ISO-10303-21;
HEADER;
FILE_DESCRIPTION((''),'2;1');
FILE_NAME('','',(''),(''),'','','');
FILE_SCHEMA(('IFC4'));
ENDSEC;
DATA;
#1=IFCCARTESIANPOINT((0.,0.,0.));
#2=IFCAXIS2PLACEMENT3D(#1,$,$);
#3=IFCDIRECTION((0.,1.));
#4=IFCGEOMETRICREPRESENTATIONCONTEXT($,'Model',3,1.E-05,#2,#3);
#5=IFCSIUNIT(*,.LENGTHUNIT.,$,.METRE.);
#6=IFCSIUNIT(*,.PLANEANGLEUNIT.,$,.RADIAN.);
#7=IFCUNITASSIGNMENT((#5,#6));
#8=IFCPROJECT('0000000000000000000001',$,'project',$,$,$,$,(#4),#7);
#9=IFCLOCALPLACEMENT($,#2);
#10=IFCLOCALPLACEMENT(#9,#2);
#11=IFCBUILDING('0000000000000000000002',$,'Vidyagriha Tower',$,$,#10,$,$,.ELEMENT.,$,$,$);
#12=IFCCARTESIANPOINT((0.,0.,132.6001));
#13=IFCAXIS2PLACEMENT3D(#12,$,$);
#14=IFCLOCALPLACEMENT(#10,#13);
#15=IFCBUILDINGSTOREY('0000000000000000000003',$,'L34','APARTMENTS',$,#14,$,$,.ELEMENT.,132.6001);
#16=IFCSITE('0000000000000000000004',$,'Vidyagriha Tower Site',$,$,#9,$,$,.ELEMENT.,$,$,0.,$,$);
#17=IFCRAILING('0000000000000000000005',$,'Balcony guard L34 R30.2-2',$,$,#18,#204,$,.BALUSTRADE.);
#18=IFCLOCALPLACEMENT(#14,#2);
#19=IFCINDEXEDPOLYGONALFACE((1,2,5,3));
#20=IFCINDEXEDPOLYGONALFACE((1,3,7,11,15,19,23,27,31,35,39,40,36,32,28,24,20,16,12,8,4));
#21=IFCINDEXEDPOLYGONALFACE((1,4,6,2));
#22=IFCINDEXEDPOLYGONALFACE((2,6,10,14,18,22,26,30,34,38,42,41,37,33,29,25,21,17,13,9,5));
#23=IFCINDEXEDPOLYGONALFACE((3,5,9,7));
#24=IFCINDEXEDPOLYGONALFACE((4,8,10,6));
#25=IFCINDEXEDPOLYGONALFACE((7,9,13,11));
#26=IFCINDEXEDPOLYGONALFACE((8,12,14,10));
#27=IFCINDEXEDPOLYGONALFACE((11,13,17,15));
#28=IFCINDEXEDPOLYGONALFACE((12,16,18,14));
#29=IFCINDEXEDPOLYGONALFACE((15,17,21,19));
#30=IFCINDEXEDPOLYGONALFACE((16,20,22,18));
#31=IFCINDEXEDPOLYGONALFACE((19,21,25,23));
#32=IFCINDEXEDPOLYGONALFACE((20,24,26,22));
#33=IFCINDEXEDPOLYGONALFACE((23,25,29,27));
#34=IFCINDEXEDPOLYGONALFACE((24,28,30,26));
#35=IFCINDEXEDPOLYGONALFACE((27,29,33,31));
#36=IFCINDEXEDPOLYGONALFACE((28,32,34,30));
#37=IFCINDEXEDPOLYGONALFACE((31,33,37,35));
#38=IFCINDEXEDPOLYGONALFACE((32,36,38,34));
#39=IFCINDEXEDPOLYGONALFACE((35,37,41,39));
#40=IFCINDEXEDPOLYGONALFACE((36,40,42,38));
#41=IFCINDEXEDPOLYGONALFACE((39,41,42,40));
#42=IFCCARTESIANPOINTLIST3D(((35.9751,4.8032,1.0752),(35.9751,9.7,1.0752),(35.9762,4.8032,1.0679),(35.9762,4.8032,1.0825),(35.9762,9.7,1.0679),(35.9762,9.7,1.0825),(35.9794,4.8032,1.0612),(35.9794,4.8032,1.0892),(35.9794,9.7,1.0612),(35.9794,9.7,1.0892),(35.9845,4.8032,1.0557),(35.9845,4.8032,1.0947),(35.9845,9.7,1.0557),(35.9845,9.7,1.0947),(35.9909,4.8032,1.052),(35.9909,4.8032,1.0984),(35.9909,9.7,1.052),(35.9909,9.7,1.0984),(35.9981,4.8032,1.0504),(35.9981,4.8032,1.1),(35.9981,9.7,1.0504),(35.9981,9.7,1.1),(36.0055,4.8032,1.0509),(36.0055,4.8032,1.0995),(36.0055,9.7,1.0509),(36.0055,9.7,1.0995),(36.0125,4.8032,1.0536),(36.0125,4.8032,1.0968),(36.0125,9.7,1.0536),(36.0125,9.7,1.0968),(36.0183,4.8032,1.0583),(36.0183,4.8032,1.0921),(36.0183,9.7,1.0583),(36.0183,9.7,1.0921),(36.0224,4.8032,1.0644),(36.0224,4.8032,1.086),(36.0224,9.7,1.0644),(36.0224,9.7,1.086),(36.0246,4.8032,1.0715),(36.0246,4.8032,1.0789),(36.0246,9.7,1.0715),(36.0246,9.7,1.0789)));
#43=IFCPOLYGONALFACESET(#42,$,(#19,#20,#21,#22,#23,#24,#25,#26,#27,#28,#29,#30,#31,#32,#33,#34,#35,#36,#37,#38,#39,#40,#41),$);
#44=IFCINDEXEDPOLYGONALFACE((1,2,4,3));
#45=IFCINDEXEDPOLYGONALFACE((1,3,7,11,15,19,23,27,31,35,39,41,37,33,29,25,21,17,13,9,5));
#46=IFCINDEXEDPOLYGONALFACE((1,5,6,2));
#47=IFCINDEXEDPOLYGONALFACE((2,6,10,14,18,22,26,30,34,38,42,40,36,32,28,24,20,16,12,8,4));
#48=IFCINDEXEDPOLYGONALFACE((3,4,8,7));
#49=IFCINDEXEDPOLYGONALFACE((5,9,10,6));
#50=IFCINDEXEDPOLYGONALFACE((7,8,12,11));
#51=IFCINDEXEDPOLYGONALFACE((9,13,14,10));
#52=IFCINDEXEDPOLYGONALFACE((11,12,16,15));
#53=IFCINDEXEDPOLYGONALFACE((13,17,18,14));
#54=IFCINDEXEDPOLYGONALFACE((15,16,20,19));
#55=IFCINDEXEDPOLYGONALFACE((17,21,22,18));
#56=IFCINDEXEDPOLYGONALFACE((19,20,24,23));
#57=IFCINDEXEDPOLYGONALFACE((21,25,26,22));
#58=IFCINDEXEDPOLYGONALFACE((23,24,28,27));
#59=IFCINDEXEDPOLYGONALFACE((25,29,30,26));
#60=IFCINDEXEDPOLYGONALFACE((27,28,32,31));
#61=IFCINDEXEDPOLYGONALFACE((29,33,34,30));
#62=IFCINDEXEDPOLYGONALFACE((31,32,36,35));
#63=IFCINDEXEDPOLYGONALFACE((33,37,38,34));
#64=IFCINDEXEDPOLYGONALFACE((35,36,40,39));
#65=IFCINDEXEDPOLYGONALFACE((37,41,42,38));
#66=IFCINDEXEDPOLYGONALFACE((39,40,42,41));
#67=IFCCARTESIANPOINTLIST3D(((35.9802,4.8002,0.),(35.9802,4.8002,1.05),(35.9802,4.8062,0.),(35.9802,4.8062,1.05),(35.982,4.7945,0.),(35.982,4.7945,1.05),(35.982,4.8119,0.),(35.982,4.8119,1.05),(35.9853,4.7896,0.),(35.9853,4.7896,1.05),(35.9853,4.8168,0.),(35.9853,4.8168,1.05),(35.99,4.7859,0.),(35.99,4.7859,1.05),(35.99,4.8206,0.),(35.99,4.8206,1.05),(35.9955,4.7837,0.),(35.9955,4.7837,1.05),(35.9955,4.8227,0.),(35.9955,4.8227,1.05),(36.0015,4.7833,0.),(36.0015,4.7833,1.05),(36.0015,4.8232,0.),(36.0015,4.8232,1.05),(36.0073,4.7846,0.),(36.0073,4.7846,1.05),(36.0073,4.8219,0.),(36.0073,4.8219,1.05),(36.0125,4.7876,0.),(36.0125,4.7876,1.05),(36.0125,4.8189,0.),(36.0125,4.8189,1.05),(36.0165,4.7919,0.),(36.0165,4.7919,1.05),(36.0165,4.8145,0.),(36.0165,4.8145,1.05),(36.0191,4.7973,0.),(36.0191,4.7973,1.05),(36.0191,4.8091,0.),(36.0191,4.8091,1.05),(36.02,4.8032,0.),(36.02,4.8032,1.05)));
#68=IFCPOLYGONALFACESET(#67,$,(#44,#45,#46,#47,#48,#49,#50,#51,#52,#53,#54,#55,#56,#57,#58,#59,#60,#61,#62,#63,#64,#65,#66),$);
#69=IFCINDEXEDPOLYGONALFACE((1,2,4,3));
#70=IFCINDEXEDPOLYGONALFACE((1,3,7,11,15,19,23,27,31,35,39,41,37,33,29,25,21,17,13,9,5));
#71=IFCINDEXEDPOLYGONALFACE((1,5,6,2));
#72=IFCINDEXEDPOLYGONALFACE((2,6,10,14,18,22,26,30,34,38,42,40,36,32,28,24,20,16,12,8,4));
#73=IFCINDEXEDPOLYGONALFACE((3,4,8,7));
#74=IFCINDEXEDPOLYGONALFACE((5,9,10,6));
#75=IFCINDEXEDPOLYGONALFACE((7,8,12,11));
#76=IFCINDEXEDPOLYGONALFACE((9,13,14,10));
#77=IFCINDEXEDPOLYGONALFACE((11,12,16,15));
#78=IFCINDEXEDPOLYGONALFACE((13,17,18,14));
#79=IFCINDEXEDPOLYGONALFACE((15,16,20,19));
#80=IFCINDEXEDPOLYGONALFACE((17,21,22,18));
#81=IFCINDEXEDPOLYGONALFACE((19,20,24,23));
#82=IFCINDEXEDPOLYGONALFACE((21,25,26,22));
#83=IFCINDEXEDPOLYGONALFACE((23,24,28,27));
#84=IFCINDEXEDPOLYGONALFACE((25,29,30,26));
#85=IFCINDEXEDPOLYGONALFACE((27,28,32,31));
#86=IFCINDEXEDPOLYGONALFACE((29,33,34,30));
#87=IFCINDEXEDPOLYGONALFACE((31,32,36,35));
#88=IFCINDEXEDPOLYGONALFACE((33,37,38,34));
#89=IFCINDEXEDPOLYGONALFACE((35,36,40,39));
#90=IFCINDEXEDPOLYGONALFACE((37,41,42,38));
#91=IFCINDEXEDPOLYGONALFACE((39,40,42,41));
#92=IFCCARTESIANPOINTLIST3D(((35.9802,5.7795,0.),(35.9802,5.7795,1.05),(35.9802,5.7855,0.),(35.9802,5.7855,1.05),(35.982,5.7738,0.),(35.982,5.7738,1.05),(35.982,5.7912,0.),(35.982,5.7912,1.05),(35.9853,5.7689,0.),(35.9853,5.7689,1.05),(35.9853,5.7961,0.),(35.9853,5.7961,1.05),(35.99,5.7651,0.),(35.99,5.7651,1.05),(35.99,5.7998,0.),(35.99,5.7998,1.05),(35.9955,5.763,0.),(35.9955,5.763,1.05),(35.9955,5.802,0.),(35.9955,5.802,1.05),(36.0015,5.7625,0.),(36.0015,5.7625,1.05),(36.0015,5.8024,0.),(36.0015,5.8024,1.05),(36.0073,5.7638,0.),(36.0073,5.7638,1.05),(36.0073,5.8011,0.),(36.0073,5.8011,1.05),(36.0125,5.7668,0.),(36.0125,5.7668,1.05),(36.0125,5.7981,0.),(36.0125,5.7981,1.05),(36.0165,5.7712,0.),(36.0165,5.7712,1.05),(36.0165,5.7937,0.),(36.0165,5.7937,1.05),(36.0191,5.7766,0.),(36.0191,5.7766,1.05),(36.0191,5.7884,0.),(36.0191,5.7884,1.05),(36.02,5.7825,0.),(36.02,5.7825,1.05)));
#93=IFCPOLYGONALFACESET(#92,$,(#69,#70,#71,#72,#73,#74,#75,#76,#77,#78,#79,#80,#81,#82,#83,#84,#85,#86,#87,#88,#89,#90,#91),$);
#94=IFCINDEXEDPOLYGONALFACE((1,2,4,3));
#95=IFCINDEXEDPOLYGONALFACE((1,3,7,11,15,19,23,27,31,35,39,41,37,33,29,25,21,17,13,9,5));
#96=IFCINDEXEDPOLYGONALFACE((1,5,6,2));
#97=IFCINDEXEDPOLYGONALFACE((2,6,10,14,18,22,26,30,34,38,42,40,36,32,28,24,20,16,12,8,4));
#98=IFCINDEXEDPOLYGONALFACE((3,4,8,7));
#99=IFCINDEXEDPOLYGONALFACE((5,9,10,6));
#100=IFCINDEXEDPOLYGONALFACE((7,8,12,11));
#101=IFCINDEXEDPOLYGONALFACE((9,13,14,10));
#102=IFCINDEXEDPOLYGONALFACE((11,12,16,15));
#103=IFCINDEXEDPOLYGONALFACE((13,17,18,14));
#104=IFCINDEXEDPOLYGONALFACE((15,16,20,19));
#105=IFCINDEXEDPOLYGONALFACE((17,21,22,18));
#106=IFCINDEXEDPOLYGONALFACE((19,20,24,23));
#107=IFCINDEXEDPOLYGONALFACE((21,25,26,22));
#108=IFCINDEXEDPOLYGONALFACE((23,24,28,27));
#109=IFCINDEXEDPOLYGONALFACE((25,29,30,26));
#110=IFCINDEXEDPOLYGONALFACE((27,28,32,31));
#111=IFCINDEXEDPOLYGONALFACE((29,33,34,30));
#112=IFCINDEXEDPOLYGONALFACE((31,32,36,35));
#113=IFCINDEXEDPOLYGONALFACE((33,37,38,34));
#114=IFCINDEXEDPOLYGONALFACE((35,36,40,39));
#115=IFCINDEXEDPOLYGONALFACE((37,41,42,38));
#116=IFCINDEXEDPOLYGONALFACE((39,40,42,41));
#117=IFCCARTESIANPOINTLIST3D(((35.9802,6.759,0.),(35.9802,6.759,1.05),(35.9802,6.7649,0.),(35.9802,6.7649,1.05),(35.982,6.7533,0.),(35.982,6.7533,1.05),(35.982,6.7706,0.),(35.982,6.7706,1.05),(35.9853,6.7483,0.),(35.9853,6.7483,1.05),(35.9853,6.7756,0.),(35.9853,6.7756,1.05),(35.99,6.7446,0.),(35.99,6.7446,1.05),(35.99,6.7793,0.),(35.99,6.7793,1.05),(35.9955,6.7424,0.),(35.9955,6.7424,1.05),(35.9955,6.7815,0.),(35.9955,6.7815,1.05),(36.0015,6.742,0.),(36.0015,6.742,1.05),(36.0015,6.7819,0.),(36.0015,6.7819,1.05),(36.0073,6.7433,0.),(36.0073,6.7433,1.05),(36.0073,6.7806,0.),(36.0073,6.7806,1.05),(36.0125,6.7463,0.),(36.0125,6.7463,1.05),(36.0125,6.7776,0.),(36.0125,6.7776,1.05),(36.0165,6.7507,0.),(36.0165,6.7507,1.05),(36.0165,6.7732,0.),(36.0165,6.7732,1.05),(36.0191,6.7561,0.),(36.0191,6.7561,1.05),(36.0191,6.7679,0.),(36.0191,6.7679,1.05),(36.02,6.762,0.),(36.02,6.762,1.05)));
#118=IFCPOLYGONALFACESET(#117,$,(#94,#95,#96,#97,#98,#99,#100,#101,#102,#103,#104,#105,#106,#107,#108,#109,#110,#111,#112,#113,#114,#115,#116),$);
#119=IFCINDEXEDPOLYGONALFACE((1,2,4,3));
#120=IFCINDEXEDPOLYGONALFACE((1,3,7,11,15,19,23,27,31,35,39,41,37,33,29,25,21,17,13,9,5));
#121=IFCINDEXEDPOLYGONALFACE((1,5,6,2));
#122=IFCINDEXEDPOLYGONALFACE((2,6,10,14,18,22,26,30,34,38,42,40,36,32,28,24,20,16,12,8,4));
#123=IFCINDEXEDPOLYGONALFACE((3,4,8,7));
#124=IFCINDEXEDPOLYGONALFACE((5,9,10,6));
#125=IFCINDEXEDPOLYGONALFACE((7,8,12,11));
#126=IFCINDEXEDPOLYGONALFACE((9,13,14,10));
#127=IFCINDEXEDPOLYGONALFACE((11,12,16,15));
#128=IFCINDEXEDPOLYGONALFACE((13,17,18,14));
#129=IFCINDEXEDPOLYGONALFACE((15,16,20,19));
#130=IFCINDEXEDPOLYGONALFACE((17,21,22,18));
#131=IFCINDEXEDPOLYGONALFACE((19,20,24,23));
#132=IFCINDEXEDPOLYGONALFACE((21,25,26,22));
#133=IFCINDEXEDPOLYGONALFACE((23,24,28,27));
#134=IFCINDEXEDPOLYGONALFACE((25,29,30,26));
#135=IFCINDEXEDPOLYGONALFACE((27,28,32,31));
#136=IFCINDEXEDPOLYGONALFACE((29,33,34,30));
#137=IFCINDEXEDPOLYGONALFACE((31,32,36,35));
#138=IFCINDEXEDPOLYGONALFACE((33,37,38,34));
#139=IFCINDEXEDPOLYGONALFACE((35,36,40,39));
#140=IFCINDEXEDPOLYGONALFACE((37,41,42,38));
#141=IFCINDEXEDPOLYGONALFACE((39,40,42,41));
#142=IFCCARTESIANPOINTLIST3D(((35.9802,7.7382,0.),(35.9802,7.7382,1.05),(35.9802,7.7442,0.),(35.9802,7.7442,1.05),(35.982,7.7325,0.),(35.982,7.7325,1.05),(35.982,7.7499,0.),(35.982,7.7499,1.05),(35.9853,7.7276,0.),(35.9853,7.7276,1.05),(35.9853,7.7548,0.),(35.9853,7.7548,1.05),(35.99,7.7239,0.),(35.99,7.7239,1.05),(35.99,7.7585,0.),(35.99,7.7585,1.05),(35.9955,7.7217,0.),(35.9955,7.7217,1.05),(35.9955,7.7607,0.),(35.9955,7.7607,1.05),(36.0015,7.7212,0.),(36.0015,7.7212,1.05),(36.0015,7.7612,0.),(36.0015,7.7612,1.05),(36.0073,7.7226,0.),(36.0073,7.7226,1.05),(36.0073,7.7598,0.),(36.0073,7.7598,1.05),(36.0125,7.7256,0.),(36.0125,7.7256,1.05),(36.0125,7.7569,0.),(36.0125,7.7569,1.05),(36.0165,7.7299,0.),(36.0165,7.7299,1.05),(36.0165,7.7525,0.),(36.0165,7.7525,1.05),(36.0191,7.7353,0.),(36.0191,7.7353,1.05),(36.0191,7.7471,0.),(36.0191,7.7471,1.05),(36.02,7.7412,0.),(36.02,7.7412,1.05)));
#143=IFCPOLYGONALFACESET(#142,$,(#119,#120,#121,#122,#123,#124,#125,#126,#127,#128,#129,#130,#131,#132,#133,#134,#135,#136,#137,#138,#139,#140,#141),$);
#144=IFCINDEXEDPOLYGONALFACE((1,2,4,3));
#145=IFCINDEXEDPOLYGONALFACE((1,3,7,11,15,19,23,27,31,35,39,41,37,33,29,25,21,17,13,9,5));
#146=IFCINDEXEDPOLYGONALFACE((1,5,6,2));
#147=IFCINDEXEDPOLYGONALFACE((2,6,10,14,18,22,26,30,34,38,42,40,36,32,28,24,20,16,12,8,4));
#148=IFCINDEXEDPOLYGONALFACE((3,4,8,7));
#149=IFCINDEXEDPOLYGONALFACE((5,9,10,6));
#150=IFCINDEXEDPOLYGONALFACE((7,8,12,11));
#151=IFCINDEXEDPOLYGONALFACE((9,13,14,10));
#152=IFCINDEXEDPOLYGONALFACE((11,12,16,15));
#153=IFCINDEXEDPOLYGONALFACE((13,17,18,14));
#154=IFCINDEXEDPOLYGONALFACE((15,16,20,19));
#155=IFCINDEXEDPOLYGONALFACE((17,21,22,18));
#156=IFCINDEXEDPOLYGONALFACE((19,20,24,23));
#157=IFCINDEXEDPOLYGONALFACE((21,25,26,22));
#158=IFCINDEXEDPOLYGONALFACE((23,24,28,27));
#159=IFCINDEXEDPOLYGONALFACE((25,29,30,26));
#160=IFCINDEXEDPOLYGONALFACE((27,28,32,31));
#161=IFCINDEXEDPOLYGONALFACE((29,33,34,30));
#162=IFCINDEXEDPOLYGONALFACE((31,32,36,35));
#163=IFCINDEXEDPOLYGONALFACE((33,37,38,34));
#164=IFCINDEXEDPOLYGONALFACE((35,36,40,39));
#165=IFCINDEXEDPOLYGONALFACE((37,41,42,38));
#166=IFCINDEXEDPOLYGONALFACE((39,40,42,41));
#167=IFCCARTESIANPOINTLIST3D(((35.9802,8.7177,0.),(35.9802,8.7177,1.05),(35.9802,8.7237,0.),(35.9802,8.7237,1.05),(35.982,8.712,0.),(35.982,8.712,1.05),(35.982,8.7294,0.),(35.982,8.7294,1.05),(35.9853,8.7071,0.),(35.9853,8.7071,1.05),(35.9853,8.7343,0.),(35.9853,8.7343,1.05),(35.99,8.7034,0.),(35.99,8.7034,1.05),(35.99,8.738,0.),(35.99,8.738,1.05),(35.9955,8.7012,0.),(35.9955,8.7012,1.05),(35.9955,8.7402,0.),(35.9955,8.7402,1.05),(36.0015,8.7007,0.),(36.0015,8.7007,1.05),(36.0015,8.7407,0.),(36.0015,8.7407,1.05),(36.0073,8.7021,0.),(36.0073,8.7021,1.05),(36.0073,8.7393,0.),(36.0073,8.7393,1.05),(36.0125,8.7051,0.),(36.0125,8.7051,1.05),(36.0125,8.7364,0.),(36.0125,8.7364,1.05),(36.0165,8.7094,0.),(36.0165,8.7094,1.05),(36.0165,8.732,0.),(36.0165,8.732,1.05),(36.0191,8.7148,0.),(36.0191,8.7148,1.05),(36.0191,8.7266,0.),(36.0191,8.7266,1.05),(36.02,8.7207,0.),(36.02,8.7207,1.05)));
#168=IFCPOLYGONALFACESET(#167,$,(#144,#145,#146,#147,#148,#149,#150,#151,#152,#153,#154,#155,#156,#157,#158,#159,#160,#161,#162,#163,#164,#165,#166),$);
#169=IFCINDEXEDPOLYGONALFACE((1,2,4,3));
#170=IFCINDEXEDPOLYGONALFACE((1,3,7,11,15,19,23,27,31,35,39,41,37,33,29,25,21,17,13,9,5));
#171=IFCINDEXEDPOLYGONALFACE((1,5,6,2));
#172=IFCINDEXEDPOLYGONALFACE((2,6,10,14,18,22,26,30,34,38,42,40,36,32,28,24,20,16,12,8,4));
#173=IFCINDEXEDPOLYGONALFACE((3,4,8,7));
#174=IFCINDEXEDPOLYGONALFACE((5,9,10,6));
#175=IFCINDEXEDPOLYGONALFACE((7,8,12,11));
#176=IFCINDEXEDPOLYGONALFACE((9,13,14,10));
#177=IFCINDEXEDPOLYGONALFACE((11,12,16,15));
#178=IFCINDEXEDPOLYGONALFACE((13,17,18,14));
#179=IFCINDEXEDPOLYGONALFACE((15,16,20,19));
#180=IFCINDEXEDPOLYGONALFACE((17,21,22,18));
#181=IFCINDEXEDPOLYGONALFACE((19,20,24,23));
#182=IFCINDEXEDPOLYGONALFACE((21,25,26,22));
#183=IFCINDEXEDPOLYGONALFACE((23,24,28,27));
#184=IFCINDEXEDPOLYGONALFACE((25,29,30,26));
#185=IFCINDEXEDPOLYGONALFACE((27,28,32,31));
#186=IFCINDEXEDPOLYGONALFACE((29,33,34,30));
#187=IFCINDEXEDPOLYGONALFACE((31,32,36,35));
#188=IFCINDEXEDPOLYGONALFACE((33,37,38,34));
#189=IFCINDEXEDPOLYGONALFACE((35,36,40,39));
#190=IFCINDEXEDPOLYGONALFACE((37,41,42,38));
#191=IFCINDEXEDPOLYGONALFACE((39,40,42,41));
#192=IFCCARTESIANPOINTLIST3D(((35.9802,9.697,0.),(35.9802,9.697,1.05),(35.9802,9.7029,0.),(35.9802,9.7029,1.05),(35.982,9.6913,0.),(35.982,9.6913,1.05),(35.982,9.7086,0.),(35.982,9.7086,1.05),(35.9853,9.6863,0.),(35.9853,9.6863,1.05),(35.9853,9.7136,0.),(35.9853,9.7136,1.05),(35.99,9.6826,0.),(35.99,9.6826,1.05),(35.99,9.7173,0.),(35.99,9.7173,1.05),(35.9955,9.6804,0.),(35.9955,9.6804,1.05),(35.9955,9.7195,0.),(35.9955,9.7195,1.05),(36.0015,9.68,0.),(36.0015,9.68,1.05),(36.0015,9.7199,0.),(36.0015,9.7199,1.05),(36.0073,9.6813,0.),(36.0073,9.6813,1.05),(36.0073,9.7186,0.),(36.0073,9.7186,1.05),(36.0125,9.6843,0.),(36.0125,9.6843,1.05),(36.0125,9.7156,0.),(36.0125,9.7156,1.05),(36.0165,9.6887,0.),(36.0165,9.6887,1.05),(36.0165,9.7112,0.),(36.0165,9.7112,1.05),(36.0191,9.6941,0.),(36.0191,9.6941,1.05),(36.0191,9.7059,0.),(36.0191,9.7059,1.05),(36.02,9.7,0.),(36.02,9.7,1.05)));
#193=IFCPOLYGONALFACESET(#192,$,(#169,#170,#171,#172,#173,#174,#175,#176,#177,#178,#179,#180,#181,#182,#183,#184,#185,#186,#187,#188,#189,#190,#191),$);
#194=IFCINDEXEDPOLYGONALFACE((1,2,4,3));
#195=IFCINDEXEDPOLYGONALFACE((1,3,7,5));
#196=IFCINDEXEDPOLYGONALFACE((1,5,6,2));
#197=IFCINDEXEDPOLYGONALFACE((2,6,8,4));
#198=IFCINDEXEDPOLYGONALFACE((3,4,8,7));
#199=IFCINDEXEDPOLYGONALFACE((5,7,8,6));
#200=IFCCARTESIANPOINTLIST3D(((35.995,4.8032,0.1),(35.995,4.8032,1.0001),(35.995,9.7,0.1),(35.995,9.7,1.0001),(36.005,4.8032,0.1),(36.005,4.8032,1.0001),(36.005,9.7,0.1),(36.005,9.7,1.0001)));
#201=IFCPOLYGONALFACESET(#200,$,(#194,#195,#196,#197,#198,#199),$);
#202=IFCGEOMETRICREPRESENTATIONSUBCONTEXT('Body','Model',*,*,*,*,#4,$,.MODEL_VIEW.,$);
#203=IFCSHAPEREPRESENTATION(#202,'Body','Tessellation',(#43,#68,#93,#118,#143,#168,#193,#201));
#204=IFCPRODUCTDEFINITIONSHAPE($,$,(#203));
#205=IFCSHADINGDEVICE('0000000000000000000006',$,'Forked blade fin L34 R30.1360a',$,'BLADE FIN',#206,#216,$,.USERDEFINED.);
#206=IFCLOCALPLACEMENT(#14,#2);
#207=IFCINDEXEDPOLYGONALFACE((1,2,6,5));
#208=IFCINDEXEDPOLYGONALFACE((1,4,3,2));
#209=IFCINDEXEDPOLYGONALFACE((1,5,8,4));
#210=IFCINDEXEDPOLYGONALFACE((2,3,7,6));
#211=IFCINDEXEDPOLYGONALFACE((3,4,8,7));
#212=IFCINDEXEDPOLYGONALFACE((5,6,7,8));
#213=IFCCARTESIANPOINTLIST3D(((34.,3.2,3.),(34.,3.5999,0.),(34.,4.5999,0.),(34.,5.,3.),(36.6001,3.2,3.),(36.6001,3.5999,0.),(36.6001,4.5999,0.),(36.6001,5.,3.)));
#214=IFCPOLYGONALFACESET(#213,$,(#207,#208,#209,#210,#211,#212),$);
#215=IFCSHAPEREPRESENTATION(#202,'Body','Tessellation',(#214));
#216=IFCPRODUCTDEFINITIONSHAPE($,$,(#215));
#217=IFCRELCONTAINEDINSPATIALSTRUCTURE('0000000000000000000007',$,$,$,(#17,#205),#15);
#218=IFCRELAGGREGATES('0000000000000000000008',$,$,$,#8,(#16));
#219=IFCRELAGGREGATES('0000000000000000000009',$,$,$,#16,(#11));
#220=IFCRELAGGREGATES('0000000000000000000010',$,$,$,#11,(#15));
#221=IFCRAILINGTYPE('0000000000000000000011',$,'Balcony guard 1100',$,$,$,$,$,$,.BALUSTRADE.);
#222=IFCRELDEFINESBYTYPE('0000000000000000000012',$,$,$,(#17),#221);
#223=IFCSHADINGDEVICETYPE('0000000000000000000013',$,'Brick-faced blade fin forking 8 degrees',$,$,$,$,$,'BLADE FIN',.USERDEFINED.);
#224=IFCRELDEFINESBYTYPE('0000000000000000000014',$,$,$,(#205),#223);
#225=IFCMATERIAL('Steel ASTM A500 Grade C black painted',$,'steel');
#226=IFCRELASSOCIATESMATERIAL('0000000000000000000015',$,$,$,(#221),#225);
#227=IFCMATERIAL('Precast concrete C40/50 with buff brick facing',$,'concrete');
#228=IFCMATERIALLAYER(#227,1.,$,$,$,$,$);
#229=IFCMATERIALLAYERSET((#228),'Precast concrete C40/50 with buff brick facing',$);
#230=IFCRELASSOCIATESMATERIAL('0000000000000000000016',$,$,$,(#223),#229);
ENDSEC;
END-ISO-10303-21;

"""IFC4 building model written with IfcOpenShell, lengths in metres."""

from ifc_helpers import new_model, si_unit, direction, frame, origin, origin_2d, place, context, subcontext, project, spatial, polyline, rectangle, circle, outline, extrude, material, layer, layer_set, type_object, element, save


model = new_model("IFC4")

# Units and contexts
model_context = context("Model", 3, precision=1e-05, world=origin(), true_north=direction((0.0, 1.0)))
body_context = subcontext(model_context, "Body", "Model", "MODEL_VIEW")
ifc_project = project(units=[si_unit("LENGTHUNIT", "METRE"), si_unit("PLANEANGLEUNIT", "RADIAN")], contexts=[model_context])

# Site, building, storey
site_placement = place(None, origin())
site = spatial("IfcSite", under=ifc_project, at=site_placement, Name="Vidyagriha Tower Site", CompositionType="ELEMENT", RefElevation=0.0)
building_placement = place(site_placement, origin())
building = spatial("IfcBuilding", under=site, at=building_placement, Name="Vidyagriha Tower", CompositionType="ELEMENT")
storey_placement = place(building_placement, frame((0.0, 0.0, 132.6001)))
storey = spatial("IfcBuildingStorey", under=building, at=storey_placement, Name="L34", Description="APARTMENTS", CompositionType="ELEMENT", Elevation=132.6001)

# Railing
ifc_material_1 = material(Name="Steel ASTM A500 Grade C black painted", Category="steel")
railing_type_1 = type_object("IfcRailingType", Name="Balcony guard 1100", PredefinedType="BALUSTRADE", material=ifc_material_1)
railing_1_placement = place(storey_placement, frame((36.0, 4.8032, 0.0)))
element("IfcRailing", 1, at=railing_1_placement, inside=storey, type_object=railing_type_1, Name="Balcony guard L34 R30.2-2", PredefinedType="BALUSTRADE", context=body_context, shape_type="SweptSolid", body=[
    extrude(circle(Radius=0.0249, at=origin_2d()), frame((0.0, 0.0, 1.0752), z_axis=(0.0, 1.0, 0.0), x_axis=(-1.0, 0.0, 0.0)), (0.0, 0.0, 1.0), 4.8967),
    extrude(circle(Radius=0.02, at=origin_2d()), origin(), (0.0, 0.0, 1.0), 1.05),
    extrude(circle(Radius=0.02, at=origin_2d()), frame((0.0, 0.9792, 0.0)), (0.0, 0.0, 1.0), 1.05),
    extrude(circle(Radius=0.02, at=origin_2d()), frame((0.0, 1.9587, 0.0)), (0.0, 0.0, 1.0), 1.05),
    extrude(circle(Radius=0.02, at=origin_2d()), frame((0.0, 2.938, 0.0)), (0.0, 0.0, 1.0), 1.05),
    extrude(circle(Radius=0.02, at=origin_2d()), frame((0.0, 3.9175, 0.0)), (0.0, 0.0, 1.0), 1.05),
    extrude(circle(Radius=0.02, at=origin_2d()), frame((0.0, 4.8967, 0.0)), (0.0, 0.0, 1.0), 1.05),
    extrude(rectangle(XDim=0.01, YDim=0.9001, at=origin_2d()), frame((0.0, 0.0, 0.55), z_axis=(0.0, 1.0, 0.0), x_axis=(-1.0, 0.0, 0.0)), (0.0, 0.0, 1.0), 4.8967),
])

# Shading device
ifc_material_2 = material(Name="Precast concrete C40/50 with buff brick facing", Category="concrete")
ifc_layer_1 = layer(ifc_material_2, 1.0)
ifc_layer_set_1 = layer_set([ifc_layer_1], Name="Precast concrete C40/50 with buff brick facing")
shading_device_type_1 = type_object("IfcShadingDeviceType", Name="Brick-faced blade fin forking 8 degrees", ElementType="BLADE FIN", PredefinedType="USERDEFINED", material=ifc_layer_set_1)
shading_device_1_placement = place(storey_placement, frame((35.3, 3.2, 0.0), z_axis=(0.0, 0.0, 1.0), x_axis=(0.0, 1.0, 0.0)))
element("IfcShadingDevice", 2, at=shading_device_1_placement, inside=storey, type_object=shading_device_type_1, Name="Forked blade fin L34 R30.1360a", ObjectType="BLADE FIN", PredefinedType="USERDEFINED", context=body_context, shape_type="SweptSolid", body=[
    extrude(outline(polyline([(0.3999, 0.0), (1.3999, 0.0), (1.8, 3.0), (0.0, 3.0), (0.3999, 0.0)])), frame((0.0, 1.3, 0.0), z_axis=(0.0, -1.0, 0.0), x_axis=(1.0, 0.0, 0.0)), (0.0, 0.0, 1.0), 2.6001),
])

save(model, "model.ifc")
